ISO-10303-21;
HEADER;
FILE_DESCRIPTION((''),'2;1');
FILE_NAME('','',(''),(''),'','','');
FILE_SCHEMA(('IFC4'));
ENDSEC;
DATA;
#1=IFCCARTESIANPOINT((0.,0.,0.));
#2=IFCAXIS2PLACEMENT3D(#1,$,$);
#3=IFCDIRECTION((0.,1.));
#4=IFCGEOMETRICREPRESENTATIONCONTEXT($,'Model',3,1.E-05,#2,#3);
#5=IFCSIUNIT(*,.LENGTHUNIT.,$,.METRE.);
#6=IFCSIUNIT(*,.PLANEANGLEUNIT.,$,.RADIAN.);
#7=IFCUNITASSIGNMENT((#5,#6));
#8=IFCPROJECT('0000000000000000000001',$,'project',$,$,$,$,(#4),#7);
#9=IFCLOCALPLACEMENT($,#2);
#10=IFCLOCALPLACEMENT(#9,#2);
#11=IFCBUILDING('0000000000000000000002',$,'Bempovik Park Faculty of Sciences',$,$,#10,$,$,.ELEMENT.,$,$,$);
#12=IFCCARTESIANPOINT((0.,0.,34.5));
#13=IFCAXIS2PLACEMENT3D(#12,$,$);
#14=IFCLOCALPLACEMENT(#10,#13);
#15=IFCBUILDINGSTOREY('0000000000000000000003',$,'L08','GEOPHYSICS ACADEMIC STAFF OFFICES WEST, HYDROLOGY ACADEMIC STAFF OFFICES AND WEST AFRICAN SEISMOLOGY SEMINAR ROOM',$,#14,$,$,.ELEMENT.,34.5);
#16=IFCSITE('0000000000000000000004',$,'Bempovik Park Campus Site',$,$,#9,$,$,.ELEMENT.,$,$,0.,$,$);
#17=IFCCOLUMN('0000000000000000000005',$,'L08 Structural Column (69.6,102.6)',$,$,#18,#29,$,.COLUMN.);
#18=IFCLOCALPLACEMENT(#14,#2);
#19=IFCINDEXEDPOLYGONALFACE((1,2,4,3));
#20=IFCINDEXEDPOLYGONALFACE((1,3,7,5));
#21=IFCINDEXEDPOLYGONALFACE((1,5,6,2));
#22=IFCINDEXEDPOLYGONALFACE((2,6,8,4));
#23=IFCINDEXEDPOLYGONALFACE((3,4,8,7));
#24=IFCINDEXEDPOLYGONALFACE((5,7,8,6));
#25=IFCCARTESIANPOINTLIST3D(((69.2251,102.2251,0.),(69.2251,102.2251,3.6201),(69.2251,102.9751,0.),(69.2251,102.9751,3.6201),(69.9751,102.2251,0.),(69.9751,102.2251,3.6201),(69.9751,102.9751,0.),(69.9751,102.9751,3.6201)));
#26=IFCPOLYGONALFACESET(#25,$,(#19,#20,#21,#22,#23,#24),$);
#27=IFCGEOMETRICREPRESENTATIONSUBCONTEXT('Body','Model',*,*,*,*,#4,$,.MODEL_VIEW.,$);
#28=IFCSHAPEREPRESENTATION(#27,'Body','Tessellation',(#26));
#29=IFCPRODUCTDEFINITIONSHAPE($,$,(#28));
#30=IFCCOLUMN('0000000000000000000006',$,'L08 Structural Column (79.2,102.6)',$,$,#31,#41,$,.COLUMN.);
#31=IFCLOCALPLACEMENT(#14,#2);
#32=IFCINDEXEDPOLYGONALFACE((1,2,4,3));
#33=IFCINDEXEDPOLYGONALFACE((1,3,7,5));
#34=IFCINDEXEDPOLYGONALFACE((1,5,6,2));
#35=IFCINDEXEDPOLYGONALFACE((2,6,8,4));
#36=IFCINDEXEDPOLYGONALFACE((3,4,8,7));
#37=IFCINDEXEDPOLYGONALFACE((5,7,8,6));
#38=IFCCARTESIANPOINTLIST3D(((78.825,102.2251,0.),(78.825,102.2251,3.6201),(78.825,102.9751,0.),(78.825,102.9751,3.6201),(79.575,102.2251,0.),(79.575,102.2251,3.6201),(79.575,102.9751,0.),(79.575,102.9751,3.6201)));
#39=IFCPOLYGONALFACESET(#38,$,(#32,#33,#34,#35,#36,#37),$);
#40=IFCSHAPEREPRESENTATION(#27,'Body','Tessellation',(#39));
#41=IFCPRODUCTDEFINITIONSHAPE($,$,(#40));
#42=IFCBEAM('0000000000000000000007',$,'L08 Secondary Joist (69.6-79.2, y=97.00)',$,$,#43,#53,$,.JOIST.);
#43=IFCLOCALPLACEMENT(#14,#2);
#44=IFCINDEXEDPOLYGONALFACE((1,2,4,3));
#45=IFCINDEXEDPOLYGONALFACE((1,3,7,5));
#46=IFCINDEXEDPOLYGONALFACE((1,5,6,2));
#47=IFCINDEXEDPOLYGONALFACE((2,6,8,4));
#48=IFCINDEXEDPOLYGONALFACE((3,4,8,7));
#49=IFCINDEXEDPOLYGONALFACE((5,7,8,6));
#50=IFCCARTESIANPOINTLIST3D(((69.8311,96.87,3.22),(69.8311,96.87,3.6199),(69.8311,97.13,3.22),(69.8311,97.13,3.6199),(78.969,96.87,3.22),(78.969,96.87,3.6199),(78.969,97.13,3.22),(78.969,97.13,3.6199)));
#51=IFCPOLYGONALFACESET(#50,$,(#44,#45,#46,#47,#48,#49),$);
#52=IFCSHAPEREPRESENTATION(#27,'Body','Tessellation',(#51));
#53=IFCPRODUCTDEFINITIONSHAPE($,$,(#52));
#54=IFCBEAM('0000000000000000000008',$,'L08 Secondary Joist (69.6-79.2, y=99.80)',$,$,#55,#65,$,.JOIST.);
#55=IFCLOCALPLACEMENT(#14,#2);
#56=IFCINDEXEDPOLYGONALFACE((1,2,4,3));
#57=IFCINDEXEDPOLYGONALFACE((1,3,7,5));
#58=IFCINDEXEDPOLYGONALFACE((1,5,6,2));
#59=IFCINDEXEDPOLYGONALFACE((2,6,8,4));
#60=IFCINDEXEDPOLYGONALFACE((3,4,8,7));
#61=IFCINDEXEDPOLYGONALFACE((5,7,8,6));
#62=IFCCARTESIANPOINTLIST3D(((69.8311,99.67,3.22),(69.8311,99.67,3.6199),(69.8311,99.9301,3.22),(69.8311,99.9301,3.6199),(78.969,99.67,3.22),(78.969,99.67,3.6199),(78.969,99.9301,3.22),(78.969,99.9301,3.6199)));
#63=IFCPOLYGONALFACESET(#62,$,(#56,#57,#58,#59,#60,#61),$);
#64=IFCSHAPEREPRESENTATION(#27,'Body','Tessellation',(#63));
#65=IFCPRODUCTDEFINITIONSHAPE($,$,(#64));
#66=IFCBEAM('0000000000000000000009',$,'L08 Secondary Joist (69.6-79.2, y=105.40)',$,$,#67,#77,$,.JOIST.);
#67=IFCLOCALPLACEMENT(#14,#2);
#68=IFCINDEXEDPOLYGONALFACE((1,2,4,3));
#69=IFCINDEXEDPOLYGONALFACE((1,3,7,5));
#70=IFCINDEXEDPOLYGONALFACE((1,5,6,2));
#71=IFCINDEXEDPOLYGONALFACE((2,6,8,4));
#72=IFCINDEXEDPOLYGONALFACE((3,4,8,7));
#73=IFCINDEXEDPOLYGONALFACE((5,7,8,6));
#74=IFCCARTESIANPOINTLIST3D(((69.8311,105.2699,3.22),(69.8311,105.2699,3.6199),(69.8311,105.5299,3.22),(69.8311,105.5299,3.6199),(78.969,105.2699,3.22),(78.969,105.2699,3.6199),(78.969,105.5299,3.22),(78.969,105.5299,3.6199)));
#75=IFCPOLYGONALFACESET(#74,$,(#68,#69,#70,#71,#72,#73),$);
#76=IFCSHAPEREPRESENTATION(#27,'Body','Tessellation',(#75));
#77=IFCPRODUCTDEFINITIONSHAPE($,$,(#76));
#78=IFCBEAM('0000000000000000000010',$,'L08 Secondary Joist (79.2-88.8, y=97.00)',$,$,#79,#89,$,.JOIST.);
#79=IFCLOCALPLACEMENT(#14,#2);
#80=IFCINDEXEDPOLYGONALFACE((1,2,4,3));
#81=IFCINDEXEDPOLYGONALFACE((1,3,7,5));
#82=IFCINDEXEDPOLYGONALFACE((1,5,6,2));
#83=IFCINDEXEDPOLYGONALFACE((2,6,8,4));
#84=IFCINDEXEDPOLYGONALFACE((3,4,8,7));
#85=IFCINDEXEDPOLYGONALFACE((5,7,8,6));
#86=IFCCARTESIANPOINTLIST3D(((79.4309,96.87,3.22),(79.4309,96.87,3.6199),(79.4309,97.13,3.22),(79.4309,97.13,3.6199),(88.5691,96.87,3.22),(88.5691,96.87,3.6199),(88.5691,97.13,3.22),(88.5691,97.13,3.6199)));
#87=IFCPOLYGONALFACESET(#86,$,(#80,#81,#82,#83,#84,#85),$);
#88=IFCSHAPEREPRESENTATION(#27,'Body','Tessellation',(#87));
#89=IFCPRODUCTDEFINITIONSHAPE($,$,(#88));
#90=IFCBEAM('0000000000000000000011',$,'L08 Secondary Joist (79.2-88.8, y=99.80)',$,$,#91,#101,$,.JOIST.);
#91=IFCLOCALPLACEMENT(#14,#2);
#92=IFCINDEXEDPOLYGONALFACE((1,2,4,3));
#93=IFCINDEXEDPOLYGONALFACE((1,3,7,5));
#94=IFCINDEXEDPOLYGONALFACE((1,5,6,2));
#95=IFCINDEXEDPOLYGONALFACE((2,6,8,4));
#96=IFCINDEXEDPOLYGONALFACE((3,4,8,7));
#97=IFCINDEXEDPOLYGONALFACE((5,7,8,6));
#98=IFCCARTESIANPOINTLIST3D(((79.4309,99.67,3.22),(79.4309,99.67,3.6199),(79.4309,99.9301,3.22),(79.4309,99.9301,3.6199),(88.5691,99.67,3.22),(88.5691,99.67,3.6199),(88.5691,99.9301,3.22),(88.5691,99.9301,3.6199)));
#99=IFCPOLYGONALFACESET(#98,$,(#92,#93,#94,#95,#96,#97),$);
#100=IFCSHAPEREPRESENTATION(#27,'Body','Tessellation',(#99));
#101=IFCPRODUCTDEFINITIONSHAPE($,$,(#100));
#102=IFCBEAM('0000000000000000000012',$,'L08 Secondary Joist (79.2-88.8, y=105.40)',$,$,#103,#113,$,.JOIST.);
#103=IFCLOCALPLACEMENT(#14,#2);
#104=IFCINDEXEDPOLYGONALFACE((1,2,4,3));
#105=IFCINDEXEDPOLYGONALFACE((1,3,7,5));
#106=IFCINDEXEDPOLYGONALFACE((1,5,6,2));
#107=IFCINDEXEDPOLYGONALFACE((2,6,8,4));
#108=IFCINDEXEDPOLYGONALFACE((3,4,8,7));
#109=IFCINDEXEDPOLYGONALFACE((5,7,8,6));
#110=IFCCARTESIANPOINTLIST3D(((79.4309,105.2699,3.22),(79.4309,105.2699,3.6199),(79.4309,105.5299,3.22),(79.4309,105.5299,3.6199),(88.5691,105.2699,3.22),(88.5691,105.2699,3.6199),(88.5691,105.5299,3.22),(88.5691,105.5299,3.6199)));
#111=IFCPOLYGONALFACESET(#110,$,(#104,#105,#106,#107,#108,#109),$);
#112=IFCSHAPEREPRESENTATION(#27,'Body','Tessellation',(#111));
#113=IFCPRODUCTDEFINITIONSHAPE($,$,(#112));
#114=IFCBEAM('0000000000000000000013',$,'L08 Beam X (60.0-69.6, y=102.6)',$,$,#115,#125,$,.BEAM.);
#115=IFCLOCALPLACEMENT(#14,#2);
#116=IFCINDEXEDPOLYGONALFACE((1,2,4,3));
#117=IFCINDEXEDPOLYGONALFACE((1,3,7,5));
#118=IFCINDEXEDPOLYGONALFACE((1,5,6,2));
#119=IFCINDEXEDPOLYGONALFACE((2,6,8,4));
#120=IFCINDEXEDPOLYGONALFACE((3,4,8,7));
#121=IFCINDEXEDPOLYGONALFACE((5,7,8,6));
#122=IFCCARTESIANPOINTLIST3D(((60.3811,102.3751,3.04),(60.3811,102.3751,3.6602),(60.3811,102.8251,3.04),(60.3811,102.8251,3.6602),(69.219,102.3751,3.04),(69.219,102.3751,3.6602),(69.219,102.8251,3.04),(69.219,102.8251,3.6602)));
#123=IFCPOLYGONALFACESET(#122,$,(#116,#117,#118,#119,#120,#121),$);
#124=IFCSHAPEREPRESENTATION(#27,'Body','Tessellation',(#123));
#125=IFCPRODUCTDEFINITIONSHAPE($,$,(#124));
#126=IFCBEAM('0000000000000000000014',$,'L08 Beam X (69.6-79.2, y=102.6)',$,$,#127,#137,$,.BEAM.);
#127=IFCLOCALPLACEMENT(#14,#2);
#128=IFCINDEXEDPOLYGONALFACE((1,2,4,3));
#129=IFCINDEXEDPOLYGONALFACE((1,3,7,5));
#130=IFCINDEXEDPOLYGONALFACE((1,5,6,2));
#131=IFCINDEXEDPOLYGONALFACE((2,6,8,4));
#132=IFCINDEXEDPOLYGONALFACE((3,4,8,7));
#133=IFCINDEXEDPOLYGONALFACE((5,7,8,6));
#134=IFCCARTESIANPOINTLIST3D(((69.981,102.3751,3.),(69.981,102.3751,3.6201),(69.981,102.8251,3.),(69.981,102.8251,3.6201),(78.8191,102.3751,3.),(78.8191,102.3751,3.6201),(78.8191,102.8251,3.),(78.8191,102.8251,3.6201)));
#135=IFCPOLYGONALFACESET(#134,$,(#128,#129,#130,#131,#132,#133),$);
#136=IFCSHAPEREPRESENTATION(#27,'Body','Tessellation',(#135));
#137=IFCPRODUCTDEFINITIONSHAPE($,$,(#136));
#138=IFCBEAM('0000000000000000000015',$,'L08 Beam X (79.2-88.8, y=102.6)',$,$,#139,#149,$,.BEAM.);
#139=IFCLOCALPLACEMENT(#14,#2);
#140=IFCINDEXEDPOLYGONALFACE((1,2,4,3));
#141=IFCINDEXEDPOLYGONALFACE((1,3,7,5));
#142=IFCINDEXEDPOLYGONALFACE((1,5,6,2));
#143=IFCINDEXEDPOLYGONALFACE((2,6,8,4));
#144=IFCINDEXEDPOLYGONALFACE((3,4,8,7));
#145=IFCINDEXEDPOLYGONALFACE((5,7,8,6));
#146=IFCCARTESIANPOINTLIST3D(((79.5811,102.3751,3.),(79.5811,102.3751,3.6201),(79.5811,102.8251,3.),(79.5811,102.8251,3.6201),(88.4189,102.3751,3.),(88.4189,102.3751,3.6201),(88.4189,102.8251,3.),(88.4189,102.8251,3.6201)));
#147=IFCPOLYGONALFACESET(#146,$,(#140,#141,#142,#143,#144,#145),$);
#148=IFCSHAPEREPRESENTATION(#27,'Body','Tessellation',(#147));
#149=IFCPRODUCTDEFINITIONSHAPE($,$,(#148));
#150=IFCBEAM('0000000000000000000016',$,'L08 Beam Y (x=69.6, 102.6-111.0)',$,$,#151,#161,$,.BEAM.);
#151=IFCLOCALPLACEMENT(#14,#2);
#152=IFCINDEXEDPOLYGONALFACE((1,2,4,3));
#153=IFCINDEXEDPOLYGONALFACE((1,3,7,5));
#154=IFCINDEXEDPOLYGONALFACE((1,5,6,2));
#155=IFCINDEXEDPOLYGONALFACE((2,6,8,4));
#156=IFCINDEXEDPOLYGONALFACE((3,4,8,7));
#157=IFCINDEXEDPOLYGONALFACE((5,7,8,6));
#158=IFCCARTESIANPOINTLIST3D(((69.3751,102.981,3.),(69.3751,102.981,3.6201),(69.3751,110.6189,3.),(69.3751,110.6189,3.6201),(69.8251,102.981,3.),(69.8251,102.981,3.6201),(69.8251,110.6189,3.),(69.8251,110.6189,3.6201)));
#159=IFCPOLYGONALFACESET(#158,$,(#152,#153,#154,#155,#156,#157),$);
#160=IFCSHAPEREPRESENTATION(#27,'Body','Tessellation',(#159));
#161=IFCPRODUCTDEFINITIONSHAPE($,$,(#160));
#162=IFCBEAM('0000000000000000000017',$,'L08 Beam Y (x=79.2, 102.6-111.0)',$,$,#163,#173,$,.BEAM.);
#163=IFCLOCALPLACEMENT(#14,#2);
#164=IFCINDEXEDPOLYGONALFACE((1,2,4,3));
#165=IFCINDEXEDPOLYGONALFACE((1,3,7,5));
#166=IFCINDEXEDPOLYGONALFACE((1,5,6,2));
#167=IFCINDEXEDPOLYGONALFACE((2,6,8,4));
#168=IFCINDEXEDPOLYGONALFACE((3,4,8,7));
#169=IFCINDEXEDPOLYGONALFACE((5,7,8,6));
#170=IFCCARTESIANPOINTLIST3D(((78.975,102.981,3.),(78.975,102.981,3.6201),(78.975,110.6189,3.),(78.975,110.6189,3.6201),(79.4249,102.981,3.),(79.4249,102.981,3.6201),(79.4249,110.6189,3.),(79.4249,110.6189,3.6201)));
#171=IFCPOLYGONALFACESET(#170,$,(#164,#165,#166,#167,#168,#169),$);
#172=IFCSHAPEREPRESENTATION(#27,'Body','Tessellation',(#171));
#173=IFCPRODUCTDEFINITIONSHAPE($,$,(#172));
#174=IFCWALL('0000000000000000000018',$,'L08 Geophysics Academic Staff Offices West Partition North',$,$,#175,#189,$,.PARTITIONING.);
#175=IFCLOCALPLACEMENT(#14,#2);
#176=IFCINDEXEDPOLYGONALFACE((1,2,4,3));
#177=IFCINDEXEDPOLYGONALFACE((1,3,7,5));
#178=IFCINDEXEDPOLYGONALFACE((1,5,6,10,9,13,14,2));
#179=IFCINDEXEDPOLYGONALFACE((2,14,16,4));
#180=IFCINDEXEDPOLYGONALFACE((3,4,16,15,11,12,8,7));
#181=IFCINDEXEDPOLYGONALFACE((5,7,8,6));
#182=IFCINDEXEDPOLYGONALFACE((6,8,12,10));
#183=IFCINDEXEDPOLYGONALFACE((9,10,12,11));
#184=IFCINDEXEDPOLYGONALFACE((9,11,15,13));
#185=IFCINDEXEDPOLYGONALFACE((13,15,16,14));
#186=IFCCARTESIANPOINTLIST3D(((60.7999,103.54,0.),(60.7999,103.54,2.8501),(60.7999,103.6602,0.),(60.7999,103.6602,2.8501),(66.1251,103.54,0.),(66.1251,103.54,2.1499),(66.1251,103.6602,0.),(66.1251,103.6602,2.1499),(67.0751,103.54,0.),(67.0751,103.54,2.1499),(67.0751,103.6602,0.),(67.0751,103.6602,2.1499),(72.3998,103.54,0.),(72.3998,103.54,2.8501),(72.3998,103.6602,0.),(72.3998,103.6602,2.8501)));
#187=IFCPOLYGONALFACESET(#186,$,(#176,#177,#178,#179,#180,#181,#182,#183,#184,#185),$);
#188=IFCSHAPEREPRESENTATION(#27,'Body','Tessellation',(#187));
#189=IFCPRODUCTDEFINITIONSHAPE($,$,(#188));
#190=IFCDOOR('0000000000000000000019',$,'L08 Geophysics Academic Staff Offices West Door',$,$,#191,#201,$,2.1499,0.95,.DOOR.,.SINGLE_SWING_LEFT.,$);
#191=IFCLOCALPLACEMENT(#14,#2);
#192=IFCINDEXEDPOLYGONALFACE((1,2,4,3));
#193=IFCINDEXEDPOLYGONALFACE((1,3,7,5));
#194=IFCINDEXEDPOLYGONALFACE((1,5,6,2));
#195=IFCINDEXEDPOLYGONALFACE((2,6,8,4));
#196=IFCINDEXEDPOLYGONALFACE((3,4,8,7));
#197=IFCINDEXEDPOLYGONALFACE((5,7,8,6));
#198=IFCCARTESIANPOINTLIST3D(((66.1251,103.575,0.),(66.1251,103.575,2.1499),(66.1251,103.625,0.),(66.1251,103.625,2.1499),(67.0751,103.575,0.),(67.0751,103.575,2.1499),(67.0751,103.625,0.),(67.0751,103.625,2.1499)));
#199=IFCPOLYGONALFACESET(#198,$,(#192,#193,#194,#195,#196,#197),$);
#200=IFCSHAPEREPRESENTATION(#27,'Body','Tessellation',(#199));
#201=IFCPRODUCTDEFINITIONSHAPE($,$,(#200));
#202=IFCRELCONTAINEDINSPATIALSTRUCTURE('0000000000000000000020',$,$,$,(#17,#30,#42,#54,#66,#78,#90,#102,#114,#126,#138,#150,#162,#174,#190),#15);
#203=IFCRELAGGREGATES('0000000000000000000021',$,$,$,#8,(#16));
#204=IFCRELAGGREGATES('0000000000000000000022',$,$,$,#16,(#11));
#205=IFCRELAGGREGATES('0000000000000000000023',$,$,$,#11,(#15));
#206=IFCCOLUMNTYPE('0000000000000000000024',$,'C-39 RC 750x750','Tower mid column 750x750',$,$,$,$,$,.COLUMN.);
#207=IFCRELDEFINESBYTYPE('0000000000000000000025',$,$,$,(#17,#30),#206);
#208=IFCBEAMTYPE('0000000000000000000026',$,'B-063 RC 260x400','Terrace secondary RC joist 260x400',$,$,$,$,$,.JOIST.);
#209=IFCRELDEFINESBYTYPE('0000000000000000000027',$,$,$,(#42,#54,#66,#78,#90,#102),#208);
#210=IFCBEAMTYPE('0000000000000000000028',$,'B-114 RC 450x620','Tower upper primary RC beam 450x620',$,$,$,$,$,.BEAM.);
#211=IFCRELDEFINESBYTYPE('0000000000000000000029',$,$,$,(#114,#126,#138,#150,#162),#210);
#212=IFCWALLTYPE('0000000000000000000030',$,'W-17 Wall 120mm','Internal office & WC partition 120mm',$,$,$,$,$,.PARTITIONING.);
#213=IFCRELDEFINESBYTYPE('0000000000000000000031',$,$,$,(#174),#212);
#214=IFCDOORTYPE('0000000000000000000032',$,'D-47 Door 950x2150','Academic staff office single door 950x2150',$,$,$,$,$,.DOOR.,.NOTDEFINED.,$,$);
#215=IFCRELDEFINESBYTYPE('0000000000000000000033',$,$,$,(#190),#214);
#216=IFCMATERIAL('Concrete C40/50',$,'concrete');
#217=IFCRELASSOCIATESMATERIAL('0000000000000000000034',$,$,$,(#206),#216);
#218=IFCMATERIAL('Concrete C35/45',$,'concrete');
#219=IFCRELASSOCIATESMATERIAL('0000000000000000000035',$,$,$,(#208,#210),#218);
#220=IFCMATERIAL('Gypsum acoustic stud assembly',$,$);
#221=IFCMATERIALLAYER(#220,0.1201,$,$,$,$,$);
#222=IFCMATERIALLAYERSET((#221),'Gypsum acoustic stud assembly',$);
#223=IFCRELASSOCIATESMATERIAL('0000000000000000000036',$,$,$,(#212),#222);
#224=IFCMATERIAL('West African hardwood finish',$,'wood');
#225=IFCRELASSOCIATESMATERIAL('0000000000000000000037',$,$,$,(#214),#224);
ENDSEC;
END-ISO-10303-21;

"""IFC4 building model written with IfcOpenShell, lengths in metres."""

from ifc_helpers import new_model, si_unit, direction, frame, frame_2d, origin, origin_2d, place, context, subcontext, project, spatial, rectangle, extrude, material, layer, layer_set, material_profile, profile_set, type_object, element, fill, save


model = new_model("IFC4")

# Units and contexts
model_context = context("Model", 3, precision=1e-05, world=origin(), true_north=direction((0.0, 1.0)))
body_context = subcontext(model_context, "Body", "Model", "MODEL_VIEW")
ifc_project = project(units=[si_unit("LENGTHUNIT", "METRE"), si_unit("PLANEANGLEUNIT", "RADIAN")], contexts=[model_context])

# Site, building, storey
site_placement = place(None, origin())
site = spatial("IfcSite", under=ifc_project, at=site_placement, Name="Bempovik Park Campus Site", CompositionType="ELEMENT", RefElevation=0.0)
building_placement = place(site_placement, origin())
building = spatial("IfcBuilding", under=site, at=building_placement, Name="Bempovik Park Faculty of Sciences", CompositionType="ELEMENT")
storey_placement = place(building_placement, frame((0.0, 0.0, 34.5)))
storey = spatial("IfcBuildingStorey", under=building, at=storey_placement, Name="L08", Description="GEOPHYSICS ACADEMIC STAFF OFFICES WEST, HYDROLOGY ACADEMIC STAFF OFFICES AND WEST AFRICAN SEISMOLOGY SEMINAR ROOM", CompositionType="ELEMENT", Elevation=34.5)

# Columns
ifc_material_1 = material(Name="Concrete C40/50", Category="concrete")
ifc_material_profile_1 = material_profile(ifc_material_1, rectangle(XDim=0.75, YDim=0.75, at=origin_2d()), Name="RC 750x750")
ifc_profile_set_1 = profile_set([ifc_material_profile_1], Name="Concrete C40/50")
column_type = type_object("IfcColumnType", Name="C-39 RC 750x750", Description="Tower mid column 750x750", PredefinedType="COLUMN", material=ifc_profile_set_1)
for number, where, z_axis, x_axis, name in (
    (1, (69.6001, 102.6001, 0.0), (0.0, 0.0, 1.0), (1.0, 0.0, 0.0), "L08 Structural Column (69.6,102.6)"),
    (2, (79.2, 102.6001, 0.0), (0.0, 0.0, 1.0), (1.0, 0.0, 0.0), "L08 Structural Column (79.2,102.6)"),
):
    element("IfcColumn", number, at=place(storey_placement, frame(where, z_axis=z_axis, x_axis=x_axis)), inside=storey, type_object=column_type, Name=name, PredefinedType="COLUMN", context=body_context, shape_type="SweptSolid", body=[
        extrude(rectangle(XDim=0.75, YDim=0.75, at=origin_2d()), origin(), (0.0, 0.0, 1.0), 3.6201),
    ])

# Beams
ifc_material_2 = material(Name="Concrete C35/45", Category="concrete")
ifc_material_profile_2 = material_profile(ifc_material_2, rectangle(XDim=0.26, YDim=0.3999, at=origin_2d()), Name="RC 260x400")
ifc_profile_set_2 = profile_set([ifc_material_profile_2], Name="Concrete C35/45")
beam_type_1 = type_object("IfcBeamType", Name="B-063 RC 260x400", Description="Terrace secondary RC joist 260x400", PredefinedType="JOIST", material=ifc_profile_set_2)
for number, where, z_axis, x_axis, name in (
    (3, (69.8311, 97.0, 3.4199), (1.0, 0.0, 0.0), (0.0, 1.0, 0.0), "L08 Secondary Joist (69.6-79.2, y=97.00)"),
    (4, (69.8311, 99.8, 3.4199), (1.0, 0.0, 0.0), (0.0, 1.0, 0.0), "L08 Secondary Joist (69.6-79.2, y=99.80)"),
    (5, (69.8311, 105.3999, 3.4199), (1.0, 0.0, 0.0), (0.0, 1.0, 0.0), "L08 Secondary Joist (69.6-79.2, y=105.40)"),
):
    element("IfcBeam", number, at=place(storey_placement, frame(where, z_axis=z_axis, x_axis=x_axis)), inside=storey, type_object=beam_type_1, Name=name, PredefinedType="JOIST", context=body_context, shape_type="SweptSolid", body=[
        extrude(rectangle(XDim=0.26, YDim=0.3999, at=origin_2d()), origin(), (0.0, 0.0, 1.0), 9.1379),
    ])
for number, where, z_axis, x_axis, name in (
    (6, (79.4309, 97.0, 3.4199), (1.0, 0.0, 0.0), (0.0, 1.0, 0.0), "L08 Secondary Joist (79.2-88.8, y=97.00)"),
    (7, (79.4309, 99.8, 3.4199), (1.0, 0.0, 0.0), (0.0, 1.0, 0.0), "L08 Secondary Joist (79.2-88.8, y=99.80)"),
    (8, (79.4309, 105.3999, 3.4199), (1.0, 0.0, 0.0), (0.0, 1.0, 0.0), "L08 Secondary Joist (79.2-88.8, y=105.40)"),
):
    element("IfcBeam", number, at=place(storey_placement, frame(where, z_axis=z_axis, x_axis=x_axis)), inside=storey, type_object=beam_type_1, Name=name, PredefinedType="JOIST", context=body_context, shape_type="SweptSolid", body=[
        extrude(rectangle(XDim=0.26, YDim=0.3999, at=origin_2d()), origin(), (0.0, 0.0, 1.0), 9.1382),
    ])
ifc_material_profile_3 = material_profile(ifc_material_2, rectangle(XDim=0.45, YDim=0.6201, at=origin_2d()), Name="RC 450x620")
ifc_profile_set_3 = profile_set([ifc_material_profile_3], Name="Concrete C35/45")
beam_type_2 = type_object("IfcBeamType", Name="B-114 RC 450x620", Description="Tower upper primary RC beam 450x620", PredefinedType="BEAM", material=ifc_profile_set_3)
beam_1_placement = place(storey_placement, frame((60.3811, 102.6001, 3.3501), z_axis=(1.0, 0.0, 0.0), x_axis=(0.0, 1.0, 0.0)))
element("IfcBeam", 9, at=beam_1_placement, inside=storey, type_object=beam_type_2, Name="L08 Beam X (60.0-69.6, y=102.6)", PredefinedType="BEAM", context=body_context, shape_type="SweptSolid", body=[
    extrude(rectangle(XDim=0.45, YDim=0.6201, at=origin_2d()), origin(), (0.0, 0.0, 1.0), 8.8379),
])
beam_2_placement = place(storey_placement, frame((69.981, 102.6001, 3.3101), z_axis=(1.0, 0.0, 0.0), x_axis=(0.0, 1.0, 0.0)))
element("IfcBeam", 10, at=beam_2_placement, inside=storey, type_object=beam_type_2, Name="L08 Beam X (69.6-79.2, y=102.6)", PredefinedType="BEAM", context=body_context, shape_type="SweptSolid", body=[
    extrude(rectangle(XDim=0.45, YDim=0.6201, at=origin_2d()), origin(), (0.0, 0.0, 1.0), 8.8381),
])
beam_3_placement = place(storey_placement, frame((79.5811, 102.6001, 3.3101), z_axis=(1.0, 0.0, 0.0), x_axis=(0.0, 1.0, 0.0)))
element("IfcBeam", 11, at=beam_3_placement, inside=storey, type_object=beam_type_2, Name="L08 Beam X (79.2-88.8, y=102.6)", PredefinedType="BEAM", context=body_context, shape_type="SweptSolid", body=[
    extrude(rectangle(XDim=0.45, YDim=0.6201, at=origin_2d()), origin(), (0.0, 0.0, 1.0), 8.8379),
])
for number, where, z_axis, x_axis, name in (
    (12, (69.6001, 102.981, 3.3101), (0.0, 1.0, 0.0), (-1.0, 0.0, 0.0), "L08 Beam Y (x=69.6, 102.6-111.0)"),
    (13, (79.2, 102.981, 3.3101), (0.0, 1.0, 0.0), (-1.0, 0.0, 0.0), "L08 Beam Y (x=79.2, 102.6-111.0)"),
):
    element("IfcBeam", number, at=place(storey_placement, frame(where, z_axis=z_axis, x_axis=x_axis)), inside=storey, type_object=beam_type_2, Name=name, PredefinedType="BEAM", context=body_context, shape_type="SweptSolid", body=[
        extrude(rectangle(XDim=0.45, YDim=0.6201, at=origin_2d()), origin(), (0.0, 0.0, 1.0), 7.6379),
    ])

# Wall, opening, door
ifc_material_3 = material(Name="Gypsum acoustic stud assembly")
ifc_layer_1 = layer(ifc_material_3, 0.1201)
ifc_layer_set_1 = layer_set([ifc_layer_1], Name="Gypsum acoustic stud assembly")
wall_type_1 = type_object("IfcWallType", Name="W-17 Wall 120mm", Description="Internal office & WC partition 120mm", PredefinedType="PARTITIONING", material=ifc_layer_set_1)
wall_1_placement = place(storey_placement, frame((60.8, 103.6001, 0.0), z_axis=(0.0, 0.0, 1.0), x_axis=(1.0, 0.0, 0.0)))
wall_1 = element("IfcWall", 14, at=wall_1_placement, inside=storey, type_object=wall_type_1, Name="L08 Geophysics Academic Staff Offices West Partition North", PredefinedType="PARTITIONING", context=body_context, shape_type="SweptSolid", body=[
    extrude(rectangle(XDim=11.5999, YDim=0.1201, at=frame_2d((5.7998, 0.0))), origin(), (0.0, 0.0, 1.0), 2.8501),
])
opening_1_placement = place(wall_1_placement, frame((5.325, 0.0, 0.0)))
opening_1 = element("IfcOpeningElement", 15, at=opening_1_placement, cuts=wall_1, PredefinedType="OPENING", context=body_context, shape_type="SweptSolid", body=[
    extrude(rectangle(XDim=0.95, YDim=2.1499, at=frame_2d((0.4751, 1.075))), frame((0.0, 0.0701, 0.0), z_axis=(0.0, -1.0, 0.0), x_axis=(1.0, 0.0, 0.0)), (0.0, 0.0, 1.0), 0.1401),
])
ifc_material_4 = material(Name="West African hardwood finish", Category="wood")
door_type_1 = type_object("IfcDoorType", Name="D-47 Door 950x2150", Description="Academic staff office single door 950x2150", OperationType="NOTDEFINED", PredefinedType="DOOR", material=ifc_material_4)
door_1_placement = place(opening_1_placement, origin())
door_1 = element("IfcDoor", 16, at=door_1_placement, inside=storey, type_object=door_type_1, Name="L08 Geophysics Academic Staff Offices West Door", OperationType="SINGLE_SWING_LEFT", OverallHeight=2.1499, OverallWidth=0.95, PredefinedType="DOOR", context=body_context, shape_type="SweptSolid", body=[
    extrude(rectangle(XDim=0.95, YDim=2.1499, at=frame_2d((0.4751, 1.075))), frame((0.0, 0.0249, 0.0), z_axis=(0.0, -1.0, 0.0), x_axis=(1.0, 0.0, 0.0)), (0.0, 0.0, 1.0), 0.05),
])
fill(opening_1, door_1)

save(model, "model.ifc")
